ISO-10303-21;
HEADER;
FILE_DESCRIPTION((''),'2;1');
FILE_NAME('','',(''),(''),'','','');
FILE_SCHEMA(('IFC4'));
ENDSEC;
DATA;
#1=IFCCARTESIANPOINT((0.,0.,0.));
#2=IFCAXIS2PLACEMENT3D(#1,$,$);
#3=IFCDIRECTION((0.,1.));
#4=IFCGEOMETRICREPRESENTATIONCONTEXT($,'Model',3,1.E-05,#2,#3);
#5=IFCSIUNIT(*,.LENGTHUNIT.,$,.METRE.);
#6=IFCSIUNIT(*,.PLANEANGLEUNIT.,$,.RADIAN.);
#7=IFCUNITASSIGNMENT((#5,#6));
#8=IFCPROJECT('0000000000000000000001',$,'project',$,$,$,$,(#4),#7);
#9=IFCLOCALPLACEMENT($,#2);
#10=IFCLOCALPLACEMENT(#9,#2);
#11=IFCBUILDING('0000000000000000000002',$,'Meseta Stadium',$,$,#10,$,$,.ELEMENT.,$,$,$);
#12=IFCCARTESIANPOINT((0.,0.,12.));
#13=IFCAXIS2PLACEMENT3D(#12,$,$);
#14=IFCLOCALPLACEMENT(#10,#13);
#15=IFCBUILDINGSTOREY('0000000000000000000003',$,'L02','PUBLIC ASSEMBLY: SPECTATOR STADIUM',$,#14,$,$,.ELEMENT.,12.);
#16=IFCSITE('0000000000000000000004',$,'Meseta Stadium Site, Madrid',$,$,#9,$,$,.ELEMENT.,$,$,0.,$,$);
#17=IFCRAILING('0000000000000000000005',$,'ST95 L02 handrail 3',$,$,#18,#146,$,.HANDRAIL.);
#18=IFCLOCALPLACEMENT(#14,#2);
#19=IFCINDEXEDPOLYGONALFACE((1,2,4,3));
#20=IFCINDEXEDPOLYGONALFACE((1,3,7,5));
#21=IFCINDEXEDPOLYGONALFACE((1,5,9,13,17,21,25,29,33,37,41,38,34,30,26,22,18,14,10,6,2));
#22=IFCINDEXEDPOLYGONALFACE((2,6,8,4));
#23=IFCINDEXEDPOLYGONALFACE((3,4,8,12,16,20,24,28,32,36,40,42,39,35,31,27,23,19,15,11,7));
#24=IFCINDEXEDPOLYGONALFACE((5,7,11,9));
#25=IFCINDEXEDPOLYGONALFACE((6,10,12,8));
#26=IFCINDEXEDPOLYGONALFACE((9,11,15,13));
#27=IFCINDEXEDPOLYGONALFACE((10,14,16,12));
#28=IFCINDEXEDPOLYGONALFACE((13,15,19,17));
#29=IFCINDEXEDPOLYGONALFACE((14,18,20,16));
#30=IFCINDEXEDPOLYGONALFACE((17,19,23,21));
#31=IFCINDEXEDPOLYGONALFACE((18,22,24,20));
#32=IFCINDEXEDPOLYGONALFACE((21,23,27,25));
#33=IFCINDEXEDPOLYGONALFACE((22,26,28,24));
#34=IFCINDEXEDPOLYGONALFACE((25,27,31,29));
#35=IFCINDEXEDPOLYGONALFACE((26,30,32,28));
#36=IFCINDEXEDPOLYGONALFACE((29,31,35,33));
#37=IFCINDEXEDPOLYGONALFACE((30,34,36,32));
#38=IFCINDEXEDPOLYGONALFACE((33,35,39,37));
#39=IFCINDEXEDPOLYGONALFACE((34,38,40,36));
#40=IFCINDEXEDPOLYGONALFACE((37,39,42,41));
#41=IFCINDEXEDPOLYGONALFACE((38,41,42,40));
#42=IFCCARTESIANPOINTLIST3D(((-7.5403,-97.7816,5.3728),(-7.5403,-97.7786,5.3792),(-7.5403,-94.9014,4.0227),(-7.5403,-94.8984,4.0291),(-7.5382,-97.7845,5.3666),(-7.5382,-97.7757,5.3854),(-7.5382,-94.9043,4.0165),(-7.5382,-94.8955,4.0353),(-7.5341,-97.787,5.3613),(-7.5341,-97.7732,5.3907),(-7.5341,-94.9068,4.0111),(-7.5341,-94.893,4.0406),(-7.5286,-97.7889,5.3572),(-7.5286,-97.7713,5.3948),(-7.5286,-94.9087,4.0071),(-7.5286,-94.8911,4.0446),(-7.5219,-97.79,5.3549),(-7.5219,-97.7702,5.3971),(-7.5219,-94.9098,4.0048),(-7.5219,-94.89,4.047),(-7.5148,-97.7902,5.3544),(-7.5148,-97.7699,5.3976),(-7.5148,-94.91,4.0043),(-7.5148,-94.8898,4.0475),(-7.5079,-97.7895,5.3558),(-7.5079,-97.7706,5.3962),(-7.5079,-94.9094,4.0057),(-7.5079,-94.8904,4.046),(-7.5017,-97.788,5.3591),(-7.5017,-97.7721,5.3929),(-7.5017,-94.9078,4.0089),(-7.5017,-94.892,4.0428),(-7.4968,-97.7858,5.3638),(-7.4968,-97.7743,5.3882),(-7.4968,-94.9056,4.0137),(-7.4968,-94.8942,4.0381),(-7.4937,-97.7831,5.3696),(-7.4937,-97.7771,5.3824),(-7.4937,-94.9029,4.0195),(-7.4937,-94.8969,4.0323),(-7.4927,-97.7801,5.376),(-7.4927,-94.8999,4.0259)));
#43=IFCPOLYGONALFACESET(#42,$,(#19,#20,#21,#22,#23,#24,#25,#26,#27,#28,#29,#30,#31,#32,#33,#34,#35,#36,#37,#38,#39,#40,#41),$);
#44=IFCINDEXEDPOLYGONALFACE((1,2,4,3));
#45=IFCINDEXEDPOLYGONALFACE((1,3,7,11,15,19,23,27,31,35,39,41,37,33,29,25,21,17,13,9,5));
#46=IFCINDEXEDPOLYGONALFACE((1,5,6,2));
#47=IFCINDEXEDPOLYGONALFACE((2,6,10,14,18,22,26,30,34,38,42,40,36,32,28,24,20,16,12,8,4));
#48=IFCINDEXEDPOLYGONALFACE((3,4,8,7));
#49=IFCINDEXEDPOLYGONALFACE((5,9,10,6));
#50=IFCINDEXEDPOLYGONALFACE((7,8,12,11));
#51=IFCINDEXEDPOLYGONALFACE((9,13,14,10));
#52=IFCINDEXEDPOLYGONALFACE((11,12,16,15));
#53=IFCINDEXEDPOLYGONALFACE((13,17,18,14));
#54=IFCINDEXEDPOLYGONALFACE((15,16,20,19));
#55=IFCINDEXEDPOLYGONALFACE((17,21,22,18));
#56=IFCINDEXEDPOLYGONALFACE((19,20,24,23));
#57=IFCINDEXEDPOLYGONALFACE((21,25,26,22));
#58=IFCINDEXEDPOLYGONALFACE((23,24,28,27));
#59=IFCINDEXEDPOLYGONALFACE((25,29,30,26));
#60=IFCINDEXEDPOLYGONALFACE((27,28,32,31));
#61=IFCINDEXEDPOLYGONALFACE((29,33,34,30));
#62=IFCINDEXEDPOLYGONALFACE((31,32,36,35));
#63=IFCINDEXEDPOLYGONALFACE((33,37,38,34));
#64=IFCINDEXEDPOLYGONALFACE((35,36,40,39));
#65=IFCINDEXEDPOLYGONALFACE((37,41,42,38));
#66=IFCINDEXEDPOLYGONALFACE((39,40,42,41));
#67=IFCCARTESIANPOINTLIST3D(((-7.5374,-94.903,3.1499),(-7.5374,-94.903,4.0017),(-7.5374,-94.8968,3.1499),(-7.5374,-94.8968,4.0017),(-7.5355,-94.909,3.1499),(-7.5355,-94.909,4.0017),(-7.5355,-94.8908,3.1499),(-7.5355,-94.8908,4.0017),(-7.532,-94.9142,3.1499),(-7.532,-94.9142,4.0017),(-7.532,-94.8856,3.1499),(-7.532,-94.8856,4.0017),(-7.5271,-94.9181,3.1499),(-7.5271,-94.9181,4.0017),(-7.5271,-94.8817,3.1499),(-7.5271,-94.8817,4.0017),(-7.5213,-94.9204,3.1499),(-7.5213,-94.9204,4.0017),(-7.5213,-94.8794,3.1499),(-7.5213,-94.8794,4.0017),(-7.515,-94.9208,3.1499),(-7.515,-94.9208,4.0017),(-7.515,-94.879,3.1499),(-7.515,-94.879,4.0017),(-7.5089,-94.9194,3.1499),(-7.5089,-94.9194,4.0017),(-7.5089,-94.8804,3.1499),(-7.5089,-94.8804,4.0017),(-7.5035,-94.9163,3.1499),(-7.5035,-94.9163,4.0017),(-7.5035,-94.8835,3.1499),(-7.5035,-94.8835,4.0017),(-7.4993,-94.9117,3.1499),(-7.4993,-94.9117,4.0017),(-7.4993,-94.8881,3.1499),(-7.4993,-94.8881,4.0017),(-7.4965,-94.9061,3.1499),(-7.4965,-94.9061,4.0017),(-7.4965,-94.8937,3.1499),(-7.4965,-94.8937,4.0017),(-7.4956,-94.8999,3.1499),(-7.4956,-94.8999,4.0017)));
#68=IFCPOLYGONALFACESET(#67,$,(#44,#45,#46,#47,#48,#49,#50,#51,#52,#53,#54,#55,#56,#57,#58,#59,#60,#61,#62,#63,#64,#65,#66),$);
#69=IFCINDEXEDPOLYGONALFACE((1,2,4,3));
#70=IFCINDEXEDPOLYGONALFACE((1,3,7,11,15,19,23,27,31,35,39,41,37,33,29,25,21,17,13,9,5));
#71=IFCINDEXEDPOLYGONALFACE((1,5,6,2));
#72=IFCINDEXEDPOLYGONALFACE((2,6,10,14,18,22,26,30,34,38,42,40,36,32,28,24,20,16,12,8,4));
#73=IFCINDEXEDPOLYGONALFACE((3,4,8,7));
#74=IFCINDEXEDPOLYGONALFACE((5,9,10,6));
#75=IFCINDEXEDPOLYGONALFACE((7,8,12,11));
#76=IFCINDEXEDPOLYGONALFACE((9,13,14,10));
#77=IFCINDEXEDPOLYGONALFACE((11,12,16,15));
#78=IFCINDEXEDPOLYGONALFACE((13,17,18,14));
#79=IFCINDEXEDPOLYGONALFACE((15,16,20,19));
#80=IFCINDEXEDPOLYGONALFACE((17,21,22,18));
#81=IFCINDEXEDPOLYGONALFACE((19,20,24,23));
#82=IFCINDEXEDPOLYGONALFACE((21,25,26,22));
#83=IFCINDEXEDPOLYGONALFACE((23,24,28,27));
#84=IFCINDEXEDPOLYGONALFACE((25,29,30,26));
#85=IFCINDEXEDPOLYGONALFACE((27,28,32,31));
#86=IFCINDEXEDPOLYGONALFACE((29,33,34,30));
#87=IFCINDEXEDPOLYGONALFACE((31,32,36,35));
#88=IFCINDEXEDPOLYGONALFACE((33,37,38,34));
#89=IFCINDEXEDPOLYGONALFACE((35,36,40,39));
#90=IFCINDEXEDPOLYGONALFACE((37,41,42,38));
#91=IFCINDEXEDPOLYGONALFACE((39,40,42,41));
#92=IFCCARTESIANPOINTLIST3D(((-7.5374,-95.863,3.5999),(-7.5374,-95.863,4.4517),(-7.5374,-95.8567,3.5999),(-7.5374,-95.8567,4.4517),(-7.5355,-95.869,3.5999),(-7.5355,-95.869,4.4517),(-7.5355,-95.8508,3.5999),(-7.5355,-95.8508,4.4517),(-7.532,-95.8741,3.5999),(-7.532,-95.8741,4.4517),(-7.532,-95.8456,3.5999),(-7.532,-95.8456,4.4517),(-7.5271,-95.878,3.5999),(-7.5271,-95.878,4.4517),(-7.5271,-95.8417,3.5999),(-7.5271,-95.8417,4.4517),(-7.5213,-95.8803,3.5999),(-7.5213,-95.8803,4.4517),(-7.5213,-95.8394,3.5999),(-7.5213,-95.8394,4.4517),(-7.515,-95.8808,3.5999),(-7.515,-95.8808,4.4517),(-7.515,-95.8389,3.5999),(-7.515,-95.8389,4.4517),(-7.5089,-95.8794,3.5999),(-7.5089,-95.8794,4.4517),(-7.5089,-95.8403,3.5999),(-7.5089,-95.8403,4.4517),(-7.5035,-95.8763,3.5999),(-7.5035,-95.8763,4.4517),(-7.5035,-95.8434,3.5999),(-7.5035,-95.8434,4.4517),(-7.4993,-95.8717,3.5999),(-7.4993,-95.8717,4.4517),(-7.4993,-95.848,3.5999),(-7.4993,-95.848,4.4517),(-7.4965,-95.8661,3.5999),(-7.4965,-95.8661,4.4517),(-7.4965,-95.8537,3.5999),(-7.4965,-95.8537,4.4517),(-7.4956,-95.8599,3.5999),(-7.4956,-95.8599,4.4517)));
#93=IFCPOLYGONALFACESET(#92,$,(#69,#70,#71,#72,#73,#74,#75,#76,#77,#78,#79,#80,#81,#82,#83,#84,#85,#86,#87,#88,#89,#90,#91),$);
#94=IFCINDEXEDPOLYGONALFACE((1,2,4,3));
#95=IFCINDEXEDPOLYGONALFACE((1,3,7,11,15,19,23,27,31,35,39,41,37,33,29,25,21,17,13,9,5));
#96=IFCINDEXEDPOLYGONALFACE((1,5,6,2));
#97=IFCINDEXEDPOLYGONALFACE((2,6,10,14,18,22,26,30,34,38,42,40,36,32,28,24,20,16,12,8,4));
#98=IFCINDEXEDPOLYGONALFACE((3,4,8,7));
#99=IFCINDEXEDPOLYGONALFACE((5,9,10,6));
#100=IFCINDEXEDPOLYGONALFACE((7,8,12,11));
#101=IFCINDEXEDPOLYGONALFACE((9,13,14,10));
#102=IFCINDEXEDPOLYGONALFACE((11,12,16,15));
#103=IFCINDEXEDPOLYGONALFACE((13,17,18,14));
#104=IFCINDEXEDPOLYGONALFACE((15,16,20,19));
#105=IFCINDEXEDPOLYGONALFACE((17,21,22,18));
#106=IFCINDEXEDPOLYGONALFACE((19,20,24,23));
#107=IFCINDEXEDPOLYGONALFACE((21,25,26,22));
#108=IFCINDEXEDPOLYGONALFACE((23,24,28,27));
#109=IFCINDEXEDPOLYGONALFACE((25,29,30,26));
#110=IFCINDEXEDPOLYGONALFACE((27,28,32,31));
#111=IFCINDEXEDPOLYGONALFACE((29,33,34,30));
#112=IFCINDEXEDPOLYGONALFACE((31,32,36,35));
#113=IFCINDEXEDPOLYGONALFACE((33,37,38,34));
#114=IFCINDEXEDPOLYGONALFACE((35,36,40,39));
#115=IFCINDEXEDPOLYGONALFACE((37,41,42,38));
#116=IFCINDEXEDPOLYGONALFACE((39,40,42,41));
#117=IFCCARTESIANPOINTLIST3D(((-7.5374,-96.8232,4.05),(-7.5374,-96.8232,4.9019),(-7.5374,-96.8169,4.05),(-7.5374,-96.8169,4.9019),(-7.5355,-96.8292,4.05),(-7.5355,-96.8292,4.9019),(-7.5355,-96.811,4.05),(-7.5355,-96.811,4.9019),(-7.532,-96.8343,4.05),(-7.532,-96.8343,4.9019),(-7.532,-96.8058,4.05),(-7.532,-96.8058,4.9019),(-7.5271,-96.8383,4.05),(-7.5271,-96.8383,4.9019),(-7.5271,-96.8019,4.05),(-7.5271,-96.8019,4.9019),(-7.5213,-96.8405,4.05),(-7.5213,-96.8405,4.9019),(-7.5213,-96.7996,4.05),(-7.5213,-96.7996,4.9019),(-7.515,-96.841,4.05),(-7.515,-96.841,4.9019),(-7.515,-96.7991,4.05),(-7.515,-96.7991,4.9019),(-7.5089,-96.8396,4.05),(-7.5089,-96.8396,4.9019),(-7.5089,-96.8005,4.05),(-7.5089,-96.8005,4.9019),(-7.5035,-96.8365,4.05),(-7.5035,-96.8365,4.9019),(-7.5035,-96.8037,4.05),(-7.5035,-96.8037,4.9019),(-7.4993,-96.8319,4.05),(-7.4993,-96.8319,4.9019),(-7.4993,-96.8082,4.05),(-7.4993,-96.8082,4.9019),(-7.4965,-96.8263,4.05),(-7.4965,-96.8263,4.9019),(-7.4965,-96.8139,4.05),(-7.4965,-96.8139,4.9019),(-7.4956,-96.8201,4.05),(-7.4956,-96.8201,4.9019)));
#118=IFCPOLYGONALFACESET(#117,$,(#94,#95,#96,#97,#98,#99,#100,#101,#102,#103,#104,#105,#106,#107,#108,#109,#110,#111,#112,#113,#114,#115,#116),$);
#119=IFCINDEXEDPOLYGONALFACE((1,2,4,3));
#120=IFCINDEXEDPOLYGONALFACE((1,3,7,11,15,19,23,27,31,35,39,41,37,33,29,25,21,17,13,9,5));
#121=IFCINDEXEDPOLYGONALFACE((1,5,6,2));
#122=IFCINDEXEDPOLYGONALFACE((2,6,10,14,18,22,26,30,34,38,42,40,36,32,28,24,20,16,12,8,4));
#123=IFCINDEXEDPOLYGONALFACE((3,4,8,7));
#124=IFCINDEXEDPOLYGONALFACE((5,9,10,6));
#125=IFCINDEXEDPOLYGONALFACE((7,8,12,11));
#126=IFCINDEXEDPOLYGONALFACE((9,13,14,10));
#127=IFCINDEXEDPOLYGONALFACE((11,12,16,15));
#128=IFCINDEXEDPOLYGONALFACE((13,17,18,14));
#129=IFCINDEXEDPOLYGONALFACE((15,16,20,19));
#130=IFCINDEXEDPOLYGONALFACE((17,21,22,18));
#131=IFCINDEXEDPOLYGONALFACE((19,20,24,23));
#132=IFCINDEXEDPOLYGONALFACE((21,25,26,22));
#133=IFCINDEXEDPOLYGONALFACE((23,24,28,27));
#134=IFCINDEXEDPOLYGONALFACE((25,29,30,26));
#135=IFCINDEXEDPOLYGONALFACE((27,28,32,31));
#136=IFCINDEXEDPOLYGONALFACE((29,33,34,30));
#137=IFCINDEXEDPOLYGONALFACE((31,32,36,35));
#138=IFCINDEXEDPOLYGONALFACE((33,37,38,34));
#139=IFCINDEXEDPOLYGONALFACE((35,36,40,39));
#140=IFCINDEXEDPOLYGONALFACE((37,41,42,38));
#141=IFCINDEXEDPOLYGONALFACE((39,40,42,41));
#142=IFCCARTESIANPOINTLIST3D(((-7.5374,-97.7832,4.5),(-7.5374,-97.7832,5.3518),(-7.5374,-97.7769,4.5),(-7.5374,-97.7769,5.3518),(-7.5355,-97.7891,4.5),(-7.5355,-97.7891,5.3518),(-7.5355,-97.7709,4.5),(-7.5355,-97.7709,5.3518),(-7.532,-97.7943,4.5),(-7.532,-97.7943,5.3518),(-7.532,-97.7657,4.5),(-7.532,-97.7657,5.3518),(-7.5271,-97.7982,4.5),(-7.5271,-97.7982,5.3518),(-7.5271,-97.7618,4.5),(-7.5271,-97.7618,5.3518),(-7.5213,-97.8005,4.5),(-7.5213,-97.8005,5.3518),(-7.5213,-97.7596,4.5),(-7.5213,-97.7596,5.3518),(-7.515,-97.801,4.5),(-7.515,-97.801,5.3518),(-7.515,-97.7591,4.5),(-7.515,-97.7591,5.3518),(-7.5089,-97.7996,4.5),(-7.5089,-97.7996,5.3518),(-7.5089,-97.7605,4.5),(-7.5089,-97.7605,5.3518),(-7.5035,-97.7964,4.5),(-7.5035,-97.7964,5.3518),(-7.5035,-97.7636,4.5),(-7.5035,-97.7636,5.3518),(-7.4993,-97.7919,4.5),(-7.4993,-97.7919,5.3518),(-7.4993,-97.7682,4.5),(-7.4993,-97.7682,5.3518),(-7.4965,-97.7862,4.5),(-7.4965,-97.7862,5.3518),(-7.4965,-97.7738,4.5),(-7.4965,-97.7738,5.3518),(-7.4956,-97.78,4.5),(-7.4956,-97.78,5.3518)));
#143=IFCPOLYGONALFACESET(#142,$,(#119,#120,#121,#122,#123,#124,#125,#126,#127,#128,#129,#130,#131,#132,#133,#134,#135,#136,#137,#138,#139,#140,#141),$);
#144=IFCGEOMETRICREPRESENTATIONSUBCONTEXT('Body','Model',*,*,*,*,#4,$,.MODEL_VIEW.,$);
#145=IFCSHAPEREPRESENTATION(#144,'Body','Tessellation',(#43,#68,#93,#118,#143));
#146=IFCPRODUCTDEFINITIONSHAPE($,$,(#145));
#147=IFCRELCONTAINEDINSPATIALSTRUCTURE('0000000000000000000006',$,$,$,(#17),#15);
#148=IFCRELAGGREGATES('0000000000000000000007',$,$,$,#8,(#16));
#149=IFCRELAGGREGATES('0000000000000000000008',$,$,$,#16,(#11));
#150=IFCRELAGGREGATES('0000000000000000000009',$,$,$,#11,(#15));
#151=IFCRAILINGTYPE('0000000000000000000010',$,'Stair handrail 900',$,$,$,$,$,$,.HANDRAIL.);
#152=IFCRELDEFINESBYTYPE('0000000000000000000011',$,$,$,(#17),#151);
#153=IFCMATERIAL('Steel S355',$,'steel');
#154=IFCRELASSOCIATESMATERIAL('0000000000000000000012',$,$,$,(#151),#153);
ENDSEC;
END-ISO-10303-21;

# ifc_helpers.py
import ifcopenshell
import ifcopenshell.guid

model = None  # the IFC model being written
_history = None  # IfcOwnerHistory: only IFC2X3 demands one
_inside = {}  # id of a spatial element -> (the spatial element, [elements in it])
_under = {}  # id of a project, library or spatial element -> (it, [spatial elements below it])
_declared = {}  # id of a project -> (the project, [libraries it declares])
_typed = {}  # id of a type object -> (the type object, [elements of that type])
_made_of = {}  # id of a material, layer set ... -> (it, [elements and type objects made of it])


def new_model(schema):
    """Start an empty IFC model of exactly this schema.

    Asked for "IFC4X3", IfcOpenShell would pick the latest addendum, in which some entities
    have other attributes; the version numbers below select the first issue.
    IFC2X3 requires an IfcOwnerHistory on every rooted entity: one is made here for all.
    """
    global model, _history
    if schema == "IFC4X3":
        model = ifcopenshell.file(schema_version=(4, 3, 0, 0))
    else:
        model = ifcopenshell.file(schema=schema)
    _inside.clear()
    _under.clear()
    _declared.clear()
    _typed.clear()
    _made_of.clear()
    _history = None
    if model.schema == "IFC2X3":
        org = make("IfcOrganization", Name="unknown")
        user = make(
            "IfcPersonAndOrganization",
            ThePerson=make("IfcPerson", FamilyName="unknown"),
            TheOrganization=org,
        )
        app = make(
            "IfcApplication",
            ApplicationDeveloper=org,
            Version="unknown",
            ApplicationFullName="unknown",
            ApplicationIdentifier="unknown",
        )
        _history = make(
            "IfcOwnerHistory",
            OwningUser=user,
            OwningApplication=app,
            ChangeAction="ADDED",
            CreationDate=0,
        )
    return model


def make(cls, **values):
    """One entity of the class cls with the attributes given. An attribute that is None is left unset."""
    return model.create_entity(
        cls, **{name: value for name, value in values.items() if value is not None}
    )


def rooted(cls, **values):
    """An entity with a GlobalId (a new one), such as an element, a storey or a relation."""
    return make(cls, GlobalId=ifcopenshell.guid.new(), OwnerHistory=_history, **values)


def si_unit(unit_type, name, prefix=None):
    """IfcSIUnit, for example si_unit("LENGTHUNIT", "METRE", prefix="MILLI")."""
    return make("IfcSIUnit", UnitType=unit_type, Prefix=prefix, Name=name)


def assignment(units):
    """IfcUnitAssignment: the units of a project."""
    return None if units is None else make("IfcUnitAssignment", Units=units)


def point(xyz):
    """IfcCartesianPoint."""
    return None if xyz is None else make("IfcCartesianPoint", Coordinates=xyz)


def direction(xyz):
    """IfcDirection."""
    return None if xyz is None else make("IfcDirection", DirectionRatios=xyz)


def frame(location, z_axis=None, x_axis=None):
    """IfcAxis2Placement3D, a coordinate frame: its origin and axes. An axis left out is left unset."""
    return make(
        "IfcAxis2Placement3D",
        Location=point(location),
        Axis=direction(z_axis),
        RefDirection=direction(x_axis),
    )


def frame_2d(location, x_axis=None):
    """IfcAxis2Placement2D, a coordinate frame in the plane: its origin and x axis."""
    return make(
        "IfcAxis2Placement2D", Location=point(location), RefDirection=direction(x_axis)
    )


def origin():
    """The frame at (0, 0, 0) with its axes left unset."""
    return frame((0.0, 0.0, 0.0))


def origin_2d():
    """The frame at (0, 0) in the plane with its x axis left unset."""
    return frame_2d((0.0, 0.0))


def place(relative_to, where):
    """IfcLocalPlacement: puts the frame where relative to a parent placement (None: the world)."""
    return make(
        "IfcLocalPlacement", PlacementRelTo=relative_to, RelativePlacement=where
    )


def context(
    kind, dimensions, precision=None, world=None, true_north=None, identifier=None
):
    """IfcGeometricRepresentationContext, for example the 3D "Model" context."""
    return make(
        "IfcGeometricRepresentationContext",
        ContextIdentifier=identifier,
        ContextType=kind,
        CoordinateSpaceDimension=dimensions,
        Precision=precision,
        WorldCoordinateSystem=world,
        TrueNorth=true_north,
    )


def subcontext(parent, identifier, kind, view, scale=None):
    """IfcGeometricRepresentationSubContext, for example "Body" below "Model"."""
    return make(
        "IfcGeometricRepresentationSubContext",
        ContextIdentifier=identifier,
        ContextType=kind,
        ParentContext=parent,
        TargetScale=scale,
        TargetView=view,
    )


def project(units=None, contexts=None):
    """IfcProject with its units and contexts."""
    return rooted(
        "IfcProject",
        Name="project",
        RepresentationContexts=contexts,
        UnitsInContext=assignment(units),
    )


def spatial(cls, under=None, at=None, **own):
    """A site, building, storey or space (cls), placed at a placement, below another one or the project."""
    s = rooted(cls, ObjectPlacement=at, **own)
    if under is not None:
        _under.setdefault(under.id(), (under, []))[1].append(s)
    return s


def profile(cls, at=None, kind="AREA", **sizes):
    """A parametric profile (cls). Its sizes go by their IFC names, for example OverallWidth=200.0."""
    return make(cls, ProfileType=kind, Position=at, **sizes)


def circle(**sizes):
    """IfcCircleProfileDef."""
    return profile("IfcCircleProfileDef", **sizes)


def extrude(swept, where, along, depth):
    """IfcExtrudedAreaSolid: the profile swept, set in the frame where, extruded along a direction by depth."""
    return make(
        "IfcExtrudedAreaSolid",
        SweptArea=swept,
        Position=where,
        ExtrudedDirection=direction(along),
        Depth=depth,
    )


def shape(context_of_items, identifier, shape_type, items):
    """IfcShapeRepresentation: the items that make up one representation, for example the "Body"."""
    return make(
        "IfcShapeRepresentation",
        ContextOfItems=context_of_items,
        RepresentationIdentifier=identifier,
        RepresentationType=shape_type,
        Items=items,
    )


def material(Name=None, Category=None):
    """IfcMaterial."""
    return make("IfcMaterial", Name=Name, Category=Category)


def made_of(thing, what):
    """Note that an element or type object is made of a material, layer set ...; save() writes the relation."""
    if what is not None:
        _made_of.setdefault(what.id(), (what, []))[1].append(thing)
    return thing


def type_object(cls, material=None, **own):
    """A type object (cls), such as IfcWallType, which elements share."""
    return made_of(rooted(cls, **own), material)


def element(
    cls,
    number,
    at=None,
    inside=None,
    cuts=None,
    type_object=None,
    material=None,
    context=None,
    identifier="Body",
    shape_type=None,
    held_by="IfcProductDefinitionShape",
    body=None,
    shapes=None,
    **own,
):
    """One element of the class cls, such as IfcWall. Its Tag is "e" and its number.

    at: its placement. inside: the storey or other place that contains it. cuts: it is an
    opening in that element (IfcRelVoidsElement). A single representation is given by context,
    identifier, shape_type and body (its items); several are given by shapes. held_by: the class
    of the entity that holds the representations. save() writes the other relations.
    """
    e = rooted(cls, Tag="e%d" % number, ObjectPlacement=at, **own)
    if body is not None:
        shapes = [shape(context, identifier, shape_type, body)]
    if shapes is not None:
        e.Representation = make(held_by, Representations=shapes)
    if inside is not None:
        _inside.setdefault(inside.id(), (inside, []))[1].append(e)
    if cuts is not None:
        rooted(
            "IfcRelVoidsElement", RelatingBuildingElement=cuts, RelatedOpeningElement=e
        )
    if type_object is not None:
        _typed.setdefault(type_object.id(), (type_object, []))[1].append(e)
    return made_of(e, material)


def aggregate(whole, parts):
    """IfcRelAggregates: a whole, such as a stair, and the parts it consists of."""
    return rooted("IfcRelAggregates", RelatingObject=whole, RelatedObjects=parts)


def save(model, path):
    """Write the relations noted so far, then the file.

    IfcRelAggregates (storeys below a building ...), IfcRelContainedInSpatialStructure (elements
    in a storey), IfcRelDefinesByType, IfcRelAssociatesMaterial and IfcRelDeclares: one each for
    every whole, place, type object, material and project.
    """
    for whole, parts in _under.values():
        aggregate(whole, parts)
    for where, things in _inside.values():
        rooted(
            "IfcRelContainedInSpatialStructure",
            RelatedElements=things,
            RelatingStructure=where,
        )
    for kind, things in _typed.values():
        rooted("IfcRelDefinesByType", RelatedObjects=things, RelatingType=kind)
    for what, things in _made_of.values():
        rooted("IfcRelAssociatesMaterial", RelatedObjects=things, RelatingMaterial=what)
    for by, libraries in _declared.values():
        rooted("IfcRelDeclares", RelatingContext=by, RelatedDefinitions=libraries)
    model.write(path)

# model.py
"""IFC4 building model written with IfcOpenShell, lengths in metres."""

from ifc_helpers import new_model, si_unit, direction, frame, origin, origin_2d, place, context, subcontext, project, spatial, circle, extrude, material, type_object, element, save


model = new_model("IFC4")

# Units and contexts
model_context = context("Model", 3, precision=1e-05, world=origin(), true_north=direction((0.0, 1.0)))
body_context = subcontext(model_context, "Body", "Model", "MODEL_VIEW")
ifc_project = project(units=[si_unit("LENGTHUNIT", "METRE"), si_unit("PLANEANGLEUNIT", "RADIAN")], contexts=[model_context])

# Site, building, storey
site_placement = place(None, origin())
site = spatial("IfcSite", under=ifc_project, at=site_placement, Name="Meseta Stadium Site, Madrid", CompositionType="ELEMENT", RefElevation=0.0)
building_placement = place(site_placement, origin())
building = spatial("IfcBuilding", under=site, at=building_placement, Name="Meseta Stadium", CompositionType="ELEMENT")
storey_placement = place(building_placement, frame((0.0, 0.0, 12.0)))
storey = spatial("IfcBuildingStorey", under=building, at=storey_placement, Name="L02", Description="PUBLIC ASSEMBLY: SPECTATOR STADIUM", CompositionType="ELEMENT", Elevation=12.0)

# Railing
ifc_material_1 = material(Name="Steel S355", Category="steel")
railing_type_1 = type_object("IfcRailingType", Name="Stair handrail 900", PredefinedType="HANDRAIL", material=ifc_material_1)
railing_1_placement = place(storey_placement, frame((-7.5166, -94.8999, 3.1499)))
element("IfcRailing", 1, at=railing_1_placement, inside=storey, type_object=railing_type_1, Name="ST95 L02 handrail 3", PredefinedType="HANDRAIL", context=body_context, shape_type="SweptSolid", body=[
    extrude(circle(Radius=0.0239, at=origin_2d()), frame((0.0, 0.0, 0.876), z_axis=(0.0, -0.905454, 0.424444), x_axis=(1.0, 0.0, 0.0)), (0.0, 0.0, 1.0), 3.1809),
    extrude(circle(Radius=0.021, at=origin_2d()), origin(), (0.0, 0.0, 1.0), 0.8518),
    extrude(circle(Radius=0.021, at=origin_2d()), frame((0.0, -0.96, 0.45)), (0.0, 0.0, 1.0), 0.8518),
    extrude(circle(Radius=0.021, at=origin_2d()), frame((0.0, -1.9202, 0.9001)), (0.0, 0.0, 1.0), 0.8518),
    extrude(circle(Radius=0.021, at=origin_2d()), frame((0.0, -2.8801, 1.3501)), (0.0, 0.0, 1.0), 0.8518),
])

save(model, "model.ifc")
